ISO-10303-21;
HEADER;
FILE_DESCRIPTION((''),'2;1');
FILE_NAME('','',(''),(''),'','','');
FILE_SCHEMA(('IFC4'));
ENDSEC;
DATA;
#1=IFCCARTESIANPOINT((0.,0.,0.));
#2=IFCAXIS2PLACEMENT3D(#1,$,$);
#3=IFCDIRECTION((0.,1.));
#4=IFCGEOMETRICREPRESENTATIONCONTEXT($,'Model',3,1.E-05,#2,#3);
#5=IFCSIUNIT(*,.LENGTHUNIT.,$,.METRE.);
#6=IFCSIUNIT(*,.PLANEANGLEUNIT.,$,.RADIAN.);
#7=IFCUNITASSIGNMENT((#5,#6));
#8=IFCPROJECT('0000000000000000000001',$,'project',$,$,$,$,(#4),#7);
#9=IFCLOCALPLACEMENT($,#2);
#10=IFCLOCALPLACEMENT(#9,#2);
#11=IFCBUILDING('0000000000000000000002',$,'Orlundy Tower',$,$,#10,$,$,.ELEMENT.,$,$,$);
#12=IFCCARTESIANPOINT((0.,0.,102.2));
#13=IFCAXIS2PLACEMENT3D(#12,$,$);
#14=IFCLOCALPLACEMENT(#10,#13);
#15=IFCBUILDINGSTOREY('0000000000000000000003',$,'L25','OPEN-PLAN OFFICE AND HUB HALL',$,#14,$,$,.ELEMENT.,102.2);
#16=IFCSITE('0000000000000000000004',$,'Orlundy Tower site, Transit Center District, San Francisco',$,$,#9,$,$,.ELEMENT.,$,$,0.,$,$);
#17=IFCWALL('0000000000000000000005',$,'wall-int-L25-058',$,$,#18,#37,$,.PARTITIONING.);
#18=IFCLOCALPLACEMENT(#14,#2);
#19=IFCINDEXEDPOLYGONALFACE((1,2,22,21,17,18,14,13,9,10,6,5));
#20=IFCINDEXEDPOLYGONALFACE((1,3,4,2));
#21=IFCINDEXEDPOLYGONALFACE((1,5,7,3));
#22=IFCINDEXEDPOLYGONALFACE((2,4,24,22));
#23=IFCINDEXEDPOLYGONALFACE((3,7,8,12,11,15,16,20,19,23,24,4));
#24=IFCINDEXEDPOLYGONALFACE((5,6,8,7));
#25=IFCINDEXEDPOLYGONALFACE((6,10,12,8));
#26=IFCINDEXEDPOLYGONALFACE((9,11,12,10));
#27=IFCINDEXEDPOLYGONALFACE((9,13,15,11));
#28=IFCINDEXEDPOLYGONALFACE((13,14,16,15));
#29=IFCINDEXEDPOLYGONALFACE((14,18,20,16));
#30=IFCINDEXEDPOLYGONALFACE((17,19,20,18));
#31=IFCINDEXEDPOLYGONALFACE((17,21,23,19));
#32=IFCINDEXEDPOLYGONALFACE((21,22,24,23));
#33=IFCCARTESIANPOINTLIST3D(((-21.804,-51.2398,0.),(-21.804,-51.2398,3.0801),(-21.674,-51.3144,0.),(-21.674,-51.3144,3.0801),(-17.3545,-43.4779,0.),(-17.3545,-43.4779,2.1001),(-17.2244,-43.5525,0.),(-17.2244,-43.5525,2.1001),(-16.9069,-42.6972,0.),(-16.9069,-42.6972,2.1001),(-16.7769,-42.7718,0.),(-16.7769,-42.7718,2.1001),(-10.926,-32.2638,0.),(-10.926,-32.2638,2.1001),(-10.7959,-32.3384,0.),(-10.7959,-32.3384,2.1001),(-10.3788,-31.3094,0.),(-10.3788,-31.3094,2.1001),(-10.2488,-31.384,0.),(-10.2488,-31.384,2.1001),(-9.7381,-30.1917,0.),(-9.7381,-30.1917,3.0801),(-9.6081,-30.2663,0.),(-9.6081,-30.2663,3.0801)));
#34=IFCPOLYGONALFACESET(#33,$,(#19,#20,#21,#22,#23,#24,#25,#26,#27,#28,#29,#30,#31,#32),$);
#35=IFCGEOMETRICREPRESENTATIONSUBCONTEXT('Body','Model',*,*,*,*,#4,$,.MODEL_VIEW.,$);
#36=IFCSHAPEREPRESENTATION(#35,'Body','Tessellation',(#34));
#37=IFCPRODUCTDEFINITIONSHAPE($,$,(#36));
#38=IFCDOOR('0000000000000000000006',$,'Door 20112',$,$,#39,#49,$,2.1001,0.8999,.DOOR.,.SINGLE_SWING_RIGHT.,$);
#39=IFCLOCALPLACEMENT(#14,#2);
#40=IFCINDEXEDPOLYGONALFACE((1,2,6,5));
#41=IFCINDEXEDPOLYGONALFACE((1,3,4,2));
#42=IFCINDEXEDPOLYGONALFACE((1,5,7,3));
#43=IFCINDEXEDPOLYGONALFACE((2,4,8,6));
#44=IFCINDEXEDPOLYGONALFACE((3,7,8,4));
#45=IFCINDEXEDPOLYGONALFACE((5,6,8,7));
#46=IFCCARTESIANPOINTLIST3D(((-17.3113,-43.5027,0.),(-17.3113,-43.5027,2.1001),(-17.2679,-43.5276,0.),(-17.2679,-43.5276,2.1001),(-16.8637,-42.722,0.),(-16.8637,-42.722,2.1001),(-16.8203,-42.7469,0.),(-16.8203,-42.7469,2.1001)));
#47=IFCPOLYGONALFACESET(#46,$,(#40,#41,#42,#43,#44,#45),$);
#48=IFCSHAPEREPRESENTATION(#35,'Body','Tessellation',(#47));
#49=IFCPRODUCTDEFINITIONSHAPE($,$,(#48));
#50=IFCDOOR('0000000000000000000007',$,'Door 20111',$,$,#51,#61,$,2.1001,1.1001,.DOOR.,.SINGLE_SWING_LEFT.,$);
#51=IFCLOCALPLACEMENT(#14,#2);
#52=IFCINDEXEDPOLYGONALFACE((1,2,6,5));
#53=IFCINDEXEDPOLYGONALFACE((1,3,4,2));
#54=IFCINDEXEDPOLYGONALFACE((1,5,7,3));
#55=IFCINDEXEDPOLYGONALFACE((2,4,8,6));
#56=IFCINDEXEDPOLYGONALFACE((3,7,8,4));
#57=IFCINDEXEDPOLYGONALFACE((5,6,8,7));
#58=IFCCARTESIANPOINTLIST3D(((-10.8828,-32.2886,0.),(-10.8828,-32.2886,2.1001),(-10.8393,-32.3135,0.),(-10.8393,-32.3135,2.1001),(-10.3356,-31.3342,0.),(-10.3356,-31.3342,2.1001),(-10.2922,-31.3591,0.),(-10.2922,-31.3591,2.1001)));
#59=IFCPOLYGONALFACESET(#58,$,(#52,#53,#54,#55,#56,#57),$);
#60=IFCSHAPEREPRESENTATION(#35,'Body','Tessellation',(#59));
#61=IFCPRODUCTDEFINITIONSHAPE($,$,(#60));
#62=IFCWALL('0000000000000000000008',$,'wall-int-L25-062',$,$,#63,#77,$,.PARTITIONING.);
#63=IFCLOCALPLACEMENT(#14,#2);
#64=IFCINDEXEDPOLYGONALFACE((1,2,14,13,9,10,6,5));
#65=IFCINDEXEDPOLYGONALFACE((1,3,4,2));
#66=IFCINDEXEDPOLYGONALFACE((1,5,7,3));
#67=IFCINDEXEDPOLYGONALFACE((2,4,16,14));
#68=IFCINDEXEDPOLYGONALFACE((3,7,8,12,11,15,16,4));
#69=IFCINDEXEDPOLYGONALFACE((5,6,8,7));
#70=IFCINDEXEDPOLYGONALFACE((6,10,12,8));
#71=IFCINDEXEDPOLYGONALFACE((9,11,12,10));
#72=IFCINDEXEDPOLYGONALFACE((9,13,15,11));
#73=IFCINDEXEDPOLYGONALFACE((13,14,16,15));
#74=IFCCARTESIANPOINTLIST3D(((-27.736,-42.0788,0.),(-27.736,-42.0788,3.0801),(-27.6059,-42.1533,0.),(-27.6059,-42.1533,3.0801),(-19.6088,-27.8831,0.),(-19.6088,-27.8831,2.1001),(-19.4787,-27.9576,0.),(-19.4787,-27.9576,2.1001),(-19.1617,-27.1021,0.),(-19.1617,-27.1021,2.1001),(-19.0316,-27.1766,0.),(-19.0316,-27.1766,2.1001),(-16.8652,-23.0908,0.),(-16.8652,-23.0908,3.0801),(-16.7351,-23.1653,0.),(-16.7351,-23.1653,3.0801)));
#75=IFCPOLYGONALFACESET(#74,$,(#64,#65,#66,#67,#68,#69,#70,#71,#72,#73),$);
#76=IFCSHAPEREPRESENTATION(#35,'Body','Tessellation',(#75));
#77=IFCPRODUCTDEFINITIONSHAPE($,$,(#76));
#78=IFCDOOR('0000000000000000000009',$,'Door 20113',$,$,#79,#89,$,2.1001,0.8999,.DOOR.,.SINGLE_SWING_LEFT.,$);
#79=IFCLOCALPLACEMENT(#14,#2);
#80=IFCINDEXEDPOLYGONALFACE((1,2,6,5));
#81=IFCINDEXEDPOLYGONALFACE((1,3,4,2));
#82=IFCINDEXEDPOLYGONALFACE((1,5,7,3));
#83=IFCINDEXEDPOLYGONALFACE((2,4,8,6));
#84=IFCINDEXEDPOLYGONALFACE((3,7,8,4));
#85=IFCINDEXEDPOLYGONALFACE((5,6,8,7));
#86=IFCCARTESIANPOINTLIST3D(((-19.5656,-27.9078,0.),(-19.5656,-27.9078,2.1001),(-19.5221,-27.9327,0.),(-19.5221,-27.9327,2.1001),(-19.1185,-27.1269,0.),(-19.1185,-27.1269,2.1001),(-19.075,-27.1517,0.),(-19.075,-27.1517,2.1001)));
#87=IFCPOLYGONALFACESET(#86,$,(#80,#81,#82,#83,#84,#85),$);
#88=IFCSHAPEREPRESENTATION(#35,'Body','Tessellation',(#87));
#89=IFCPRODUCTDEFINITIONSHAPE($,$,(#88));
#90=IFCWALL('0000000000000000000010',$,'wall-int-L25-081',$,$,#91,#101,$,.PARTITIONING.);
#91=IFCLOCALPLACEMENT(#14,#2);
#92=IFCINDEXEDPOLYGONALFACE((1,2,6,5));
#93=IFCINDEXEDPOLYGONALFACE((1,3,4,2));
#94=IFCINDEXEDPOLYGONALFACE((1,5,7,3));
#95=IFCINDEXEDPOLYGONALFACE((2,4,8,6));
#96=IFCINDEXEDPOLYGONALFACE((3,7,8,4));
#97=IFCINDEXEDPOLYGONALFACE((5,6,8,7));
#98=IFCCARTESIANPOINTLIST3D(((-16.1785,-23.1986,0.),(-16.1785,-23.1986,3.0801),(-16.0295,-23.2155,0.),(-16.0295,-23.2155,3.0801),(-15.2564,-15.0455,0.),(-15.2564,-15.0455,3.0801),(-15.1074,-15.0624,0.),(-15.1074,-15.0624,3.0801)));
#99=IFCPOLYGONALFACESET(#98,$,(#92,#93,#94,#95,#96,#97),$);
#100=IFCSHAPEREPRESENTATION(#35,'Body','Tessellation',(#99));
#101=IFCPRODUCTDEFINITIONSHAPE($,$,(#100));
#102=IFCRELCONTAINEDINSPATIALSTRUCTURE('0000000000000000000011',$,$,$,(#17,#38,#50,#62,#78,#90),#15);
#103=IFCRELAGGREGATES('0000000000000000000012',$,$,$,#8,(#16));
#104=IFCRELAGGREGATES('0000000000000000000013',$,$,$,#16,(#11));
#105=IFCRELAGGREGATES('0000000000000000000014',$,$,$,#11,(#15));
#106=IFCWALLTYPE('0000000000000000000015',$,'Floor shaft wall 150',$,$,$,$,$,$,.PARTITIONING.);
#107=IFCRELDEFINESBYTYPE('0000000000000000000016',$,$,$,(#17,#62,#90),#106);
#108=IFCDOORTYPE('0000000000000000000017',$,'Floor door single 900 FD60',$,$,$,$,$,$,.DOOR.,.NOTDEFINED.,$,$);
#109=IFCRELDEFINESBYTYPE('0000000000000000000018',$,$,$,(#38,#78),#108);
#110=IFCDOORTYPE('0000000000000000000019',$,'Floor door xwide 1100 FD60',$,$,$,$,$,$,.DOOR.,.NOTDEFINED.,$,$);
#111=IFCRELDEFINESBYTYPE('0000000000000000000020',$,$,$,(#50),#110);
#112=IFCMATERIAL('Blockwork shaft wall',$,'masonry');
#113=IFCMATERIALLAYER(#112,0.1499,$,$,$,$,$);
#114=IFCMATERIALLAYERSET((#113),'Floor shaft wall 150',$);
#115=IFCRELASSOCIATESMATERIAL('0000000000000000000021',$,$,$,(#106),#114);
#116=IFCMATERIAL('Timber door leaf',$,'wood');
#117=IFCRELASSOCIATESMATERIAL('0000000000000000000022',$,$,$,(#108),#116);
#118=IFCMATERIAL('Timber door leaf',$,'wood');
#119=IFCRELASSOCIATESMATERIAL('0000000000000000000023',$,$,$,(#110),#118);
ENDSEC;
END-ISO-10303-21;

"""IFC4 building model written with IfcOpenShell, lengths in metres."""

from ifc_helpers import new_model, si_unit, direction, frame, frame_2d, origin, place, context, subcontext, project, spatial, rectangle, extrude, material, layer, layer_set, type_object, element, fill, save


model = new_model("IFC4")

# Units and contexts
model_context = context("Model", 3, precision=1e-05, world=origin(), true_north=direction((0.0, 1.0)))
body_context = subcontext(model_context, "Body", "Model", "MODEL_VIEW")
ifc_project = project(units=[si_unit("LENGTHUNIT", "METRE"), si_unit("PLANEANGLEUNIT", "RADIAN")], contexts=[model_context])

# Site, building, storey
site_placement = place(None, origin())
site = spatial("IfcSite", under=ifc_project, at=site_placement, Name="Orlundy Tower site, Transit Center District, San Francisco", CompositionType="ELEMENT", RefElevation=0.0)
building_placement = place(site_placement, origin())
building = spatial("IfcBuilding", under=site, at=building_placement, Name="Orlundy Tower", CompositionType="ELEMENT")
storey_placement = place(building_placement, frame((0.0, 0.0, 102.2)))
storey = spatial("IfcBuildingStorey", under=building, at=storey_placement, Name="L25", Description="OPEN-PLAN OFFICE AND HUB HALL", CompositionType="ELEMENT", Elevation=102.2)

# Shared definitions
ifc_material_1 = material(Name="Blockwork shaft wall", Category="masonry")
ifc_layer_1 = layer(ifc_material_1, 0.1499)
ifc_layer_set_1 = layer_set([ifc_layer_1], Name="Floor shaft wall 150")
wall_type_1 = type_object("IfcWallType", Name="Floor shaft wall 150", PredefinedType="PARTITIONING", material=ifc_layer_set_1)

# Wall, openings, doors
wall_1_placement = place(storey_placement, frame((-9.6731, -30.229, 0.0), z_axis=(0.0, 0.0, 1.0), x_axis=(-0.497333, -0.86756, 0.0)))
wall_1 = element("IfcWall", 1, at=wall_1_placement, inside=storey, type_object=wall_type_1, Name="wall-int-L25-058", PredefinedType="PARTITIONING", context=body_context, shape_type="SweptSolid", body=[
    extrude(rectangle(XDim=24.2612, YDim=0.1499, at=frame_2d((12.1306, 0.0))), origin(), (0.0, 0.0, 1.0), 3.0801),
])
opening_1_placement = place(wall_1_placement, frame((1.2883, 0.0, 0.0)))
opening_1 = element("IfcOpeningElement", 2, at=opening_1_placement, cuts=wall_1, PredefinedType="OPENING", context=body_context, shape_type="SweptSolid", body=[
    extrude(rectangle(XDim=1.1001, YDim=2.1001, at=frame_2d((0.55, 1.05))), frame((0.0, 0.085, 0.0), z_axis=(0.0, -1.0, 0.0), x_axis=(1.0, 0.0, 0.0)), (0.0, 0.0, 1.0), 0.1699),
])
opening_2_placement = place(wall_1_placement, frame((14.4146, 0.0, 0.0)))
opening_2 = element("IfcOpeningElement", 3, at=opening_2_placement, cuts=wall_1, PredefinedType="OPENING", context=body_context, shape_type="SweptSolid", body=[
    extrude(rectangle(XDim=0.8999, YDim=2.1001, at=frame_2d((0.45, 1.05))), frame((0.0, 0.085, 0.0), z_axis=(0.0, -1.0, 0.0), x_axis=(1.0, 0.0, 0.0)), (0.0, 0.0, 1.0), 0.1699),
])
ifc_material_2 = material(Name="Timber door leaf", Category="wood")
door_type_1 = type_object("IfcDoorType", Name="Floor door single 900 FD60", OperationType="NOTDEFINED", PredefinedType="DOOR", material=ifc_material_2)
door_1_placement = place(opening_2_placement, origin())
door_1 = element("IfcDoor", 4, at=door_1_placement, inside=storey, type_object=door_type_1, Name="Door 20112", OperationType="SINGLE_SWING_RIGHT", OverallHeight=2.1001, OverallWidth=0.8999, PredefinedType="DOOR", context=body_context, shape_type="SweptSolid", body=[
    extrude(rectangle(XDim=0.8999, YDim=2.1001, at=frame_2d((0.45, 1.05))), frame((0.0, 0.0249, 0.0), z_axis=(0.0, -1.0, 0.0), x_axis=(1.0, 0.0, 0.0)), (0.0, 0.0, 1.0), 0.05),
])
fill(opening_2, door_1)
ifc_material_3 = material(Name="Timber door leaf", Category="wood")
door_type_2 = type_object("IfcDoorType", Name="Floor door xwide 1100 FD60", OperationType="NOTDEFINED", PredefinedType="DOOR", material=ifc_material_3)
door_2_placement = place(opening_1_placement, origin())
door_2 = element("IfcDoor", 5, at=door_2_placement, inside=storey, type_object=door_type_2, Name="Door 20111", OperationType="SINGLE_SWING_LEFT", OverallHeight=2.1001, OverallWidth=1.1001, PredefinedType="DOOR", context=body_context, shape_type="SweptSolid", body=[
    extrude(rectangle(XDim=1.1001, YDim=2.1001, at=frame_2d((0.55, 1.05))), frame((0.0, 0.0249, 0.0), z_axis=(0.0, -1.0, 0.0), x_axis=(1.0, 0.0, 0.0)), (0.0, 0.0, 1.0), 0.05),
])
fill(opening_1, door_2)

# Wall, opening, door
wall_2_placement = place(storey_placement, frame((-16.8, -23.1279, 0.0), z_axis=(0.0, 0.0, 1.0), x_axis=(-0.496847, -0.867838, 0.0)))
wall_2 = element("IfcWall", 6, at=wall_2_placement, inside=storey, type_object=wall_type_1, Name="wall-int-L25-062", PredefinedType="PARTITIONING", context=body_context, shape_type="SweptSolid", body=[
    extrude(rectangle(XDim=21.8796, YDim=0.1499, at=frame_2d((10.9399, 0.0))), origin(), (0.0, 0.0, 1.0), 3.0801),
])
opening_3_placement = place(wall_2_placement, frame((4.6223, 0.0, 0.0)))
opening_3 = element("IfcOpeningElement", 7, at=opening_3_placement, cuts=wall_2, PredefinedType="OPENING", context=body_context, shape_type="SweptSolid", body=[
    extrude(rectangle(XDim=0.8999, YDim=2.1001, at=frame_2d((0.45, 1.05))), frame((0.0, 0.085, 0.0), z_axis=(0.0, -1.0, 0.0), x_axis=(1.0, 0.0, 0.0)), (0.0, 0.0, 1.0), 0.1699),
])
door_3_placement = place(opening_3_placement, origin())
door_3 = element("IfcDoor", 8, at=door_3_placement, inside=storey, type_object=door_type_1, Name="Door 20113", OperationType="SINGLE_SWING_LEFT", OverallHeight=2.1001, OverallWidth=0.8999, PredefinedType="DOOR", context=body_context, shape_type="SweptSolid", body=[
    extrude(rectangle(XDim=0.8999, YDim=2.1001, at=frame_2d((0.45, 1.05))), frame((0.0, 0.0249, 0.0), z_axis=(0.0, -1.0, 0.0), x_axis=(1.0, 0.0, 0.0)), (0.0, 0.0, 1.0), 0.05),
])
fill(opening_3, door_3)

# Wall
wall_3_placement = place(storey_placement, frame((-16.104, -23.207, 0.0), z_axis=(0.0, 0.0, 1.0), x_axis=(0.112384, 0.993665, 0.0)))
element("IfcWall", 9, at=wall_3_placement, inside=storey, type_object=wall_type_1, Name="wall-int-L25-081", PredefinedType="PARTITIONING", context=body_context, shape_type="SweptSolid", body=[
    extrude(rectangle(XDim=8.2051, YDim=0.1499, at=frame_2d((4.1025, 0.0))), origin(), (0.0, 0.0, 1.0), 3.0801),
])

save(model, "model.ifc")
